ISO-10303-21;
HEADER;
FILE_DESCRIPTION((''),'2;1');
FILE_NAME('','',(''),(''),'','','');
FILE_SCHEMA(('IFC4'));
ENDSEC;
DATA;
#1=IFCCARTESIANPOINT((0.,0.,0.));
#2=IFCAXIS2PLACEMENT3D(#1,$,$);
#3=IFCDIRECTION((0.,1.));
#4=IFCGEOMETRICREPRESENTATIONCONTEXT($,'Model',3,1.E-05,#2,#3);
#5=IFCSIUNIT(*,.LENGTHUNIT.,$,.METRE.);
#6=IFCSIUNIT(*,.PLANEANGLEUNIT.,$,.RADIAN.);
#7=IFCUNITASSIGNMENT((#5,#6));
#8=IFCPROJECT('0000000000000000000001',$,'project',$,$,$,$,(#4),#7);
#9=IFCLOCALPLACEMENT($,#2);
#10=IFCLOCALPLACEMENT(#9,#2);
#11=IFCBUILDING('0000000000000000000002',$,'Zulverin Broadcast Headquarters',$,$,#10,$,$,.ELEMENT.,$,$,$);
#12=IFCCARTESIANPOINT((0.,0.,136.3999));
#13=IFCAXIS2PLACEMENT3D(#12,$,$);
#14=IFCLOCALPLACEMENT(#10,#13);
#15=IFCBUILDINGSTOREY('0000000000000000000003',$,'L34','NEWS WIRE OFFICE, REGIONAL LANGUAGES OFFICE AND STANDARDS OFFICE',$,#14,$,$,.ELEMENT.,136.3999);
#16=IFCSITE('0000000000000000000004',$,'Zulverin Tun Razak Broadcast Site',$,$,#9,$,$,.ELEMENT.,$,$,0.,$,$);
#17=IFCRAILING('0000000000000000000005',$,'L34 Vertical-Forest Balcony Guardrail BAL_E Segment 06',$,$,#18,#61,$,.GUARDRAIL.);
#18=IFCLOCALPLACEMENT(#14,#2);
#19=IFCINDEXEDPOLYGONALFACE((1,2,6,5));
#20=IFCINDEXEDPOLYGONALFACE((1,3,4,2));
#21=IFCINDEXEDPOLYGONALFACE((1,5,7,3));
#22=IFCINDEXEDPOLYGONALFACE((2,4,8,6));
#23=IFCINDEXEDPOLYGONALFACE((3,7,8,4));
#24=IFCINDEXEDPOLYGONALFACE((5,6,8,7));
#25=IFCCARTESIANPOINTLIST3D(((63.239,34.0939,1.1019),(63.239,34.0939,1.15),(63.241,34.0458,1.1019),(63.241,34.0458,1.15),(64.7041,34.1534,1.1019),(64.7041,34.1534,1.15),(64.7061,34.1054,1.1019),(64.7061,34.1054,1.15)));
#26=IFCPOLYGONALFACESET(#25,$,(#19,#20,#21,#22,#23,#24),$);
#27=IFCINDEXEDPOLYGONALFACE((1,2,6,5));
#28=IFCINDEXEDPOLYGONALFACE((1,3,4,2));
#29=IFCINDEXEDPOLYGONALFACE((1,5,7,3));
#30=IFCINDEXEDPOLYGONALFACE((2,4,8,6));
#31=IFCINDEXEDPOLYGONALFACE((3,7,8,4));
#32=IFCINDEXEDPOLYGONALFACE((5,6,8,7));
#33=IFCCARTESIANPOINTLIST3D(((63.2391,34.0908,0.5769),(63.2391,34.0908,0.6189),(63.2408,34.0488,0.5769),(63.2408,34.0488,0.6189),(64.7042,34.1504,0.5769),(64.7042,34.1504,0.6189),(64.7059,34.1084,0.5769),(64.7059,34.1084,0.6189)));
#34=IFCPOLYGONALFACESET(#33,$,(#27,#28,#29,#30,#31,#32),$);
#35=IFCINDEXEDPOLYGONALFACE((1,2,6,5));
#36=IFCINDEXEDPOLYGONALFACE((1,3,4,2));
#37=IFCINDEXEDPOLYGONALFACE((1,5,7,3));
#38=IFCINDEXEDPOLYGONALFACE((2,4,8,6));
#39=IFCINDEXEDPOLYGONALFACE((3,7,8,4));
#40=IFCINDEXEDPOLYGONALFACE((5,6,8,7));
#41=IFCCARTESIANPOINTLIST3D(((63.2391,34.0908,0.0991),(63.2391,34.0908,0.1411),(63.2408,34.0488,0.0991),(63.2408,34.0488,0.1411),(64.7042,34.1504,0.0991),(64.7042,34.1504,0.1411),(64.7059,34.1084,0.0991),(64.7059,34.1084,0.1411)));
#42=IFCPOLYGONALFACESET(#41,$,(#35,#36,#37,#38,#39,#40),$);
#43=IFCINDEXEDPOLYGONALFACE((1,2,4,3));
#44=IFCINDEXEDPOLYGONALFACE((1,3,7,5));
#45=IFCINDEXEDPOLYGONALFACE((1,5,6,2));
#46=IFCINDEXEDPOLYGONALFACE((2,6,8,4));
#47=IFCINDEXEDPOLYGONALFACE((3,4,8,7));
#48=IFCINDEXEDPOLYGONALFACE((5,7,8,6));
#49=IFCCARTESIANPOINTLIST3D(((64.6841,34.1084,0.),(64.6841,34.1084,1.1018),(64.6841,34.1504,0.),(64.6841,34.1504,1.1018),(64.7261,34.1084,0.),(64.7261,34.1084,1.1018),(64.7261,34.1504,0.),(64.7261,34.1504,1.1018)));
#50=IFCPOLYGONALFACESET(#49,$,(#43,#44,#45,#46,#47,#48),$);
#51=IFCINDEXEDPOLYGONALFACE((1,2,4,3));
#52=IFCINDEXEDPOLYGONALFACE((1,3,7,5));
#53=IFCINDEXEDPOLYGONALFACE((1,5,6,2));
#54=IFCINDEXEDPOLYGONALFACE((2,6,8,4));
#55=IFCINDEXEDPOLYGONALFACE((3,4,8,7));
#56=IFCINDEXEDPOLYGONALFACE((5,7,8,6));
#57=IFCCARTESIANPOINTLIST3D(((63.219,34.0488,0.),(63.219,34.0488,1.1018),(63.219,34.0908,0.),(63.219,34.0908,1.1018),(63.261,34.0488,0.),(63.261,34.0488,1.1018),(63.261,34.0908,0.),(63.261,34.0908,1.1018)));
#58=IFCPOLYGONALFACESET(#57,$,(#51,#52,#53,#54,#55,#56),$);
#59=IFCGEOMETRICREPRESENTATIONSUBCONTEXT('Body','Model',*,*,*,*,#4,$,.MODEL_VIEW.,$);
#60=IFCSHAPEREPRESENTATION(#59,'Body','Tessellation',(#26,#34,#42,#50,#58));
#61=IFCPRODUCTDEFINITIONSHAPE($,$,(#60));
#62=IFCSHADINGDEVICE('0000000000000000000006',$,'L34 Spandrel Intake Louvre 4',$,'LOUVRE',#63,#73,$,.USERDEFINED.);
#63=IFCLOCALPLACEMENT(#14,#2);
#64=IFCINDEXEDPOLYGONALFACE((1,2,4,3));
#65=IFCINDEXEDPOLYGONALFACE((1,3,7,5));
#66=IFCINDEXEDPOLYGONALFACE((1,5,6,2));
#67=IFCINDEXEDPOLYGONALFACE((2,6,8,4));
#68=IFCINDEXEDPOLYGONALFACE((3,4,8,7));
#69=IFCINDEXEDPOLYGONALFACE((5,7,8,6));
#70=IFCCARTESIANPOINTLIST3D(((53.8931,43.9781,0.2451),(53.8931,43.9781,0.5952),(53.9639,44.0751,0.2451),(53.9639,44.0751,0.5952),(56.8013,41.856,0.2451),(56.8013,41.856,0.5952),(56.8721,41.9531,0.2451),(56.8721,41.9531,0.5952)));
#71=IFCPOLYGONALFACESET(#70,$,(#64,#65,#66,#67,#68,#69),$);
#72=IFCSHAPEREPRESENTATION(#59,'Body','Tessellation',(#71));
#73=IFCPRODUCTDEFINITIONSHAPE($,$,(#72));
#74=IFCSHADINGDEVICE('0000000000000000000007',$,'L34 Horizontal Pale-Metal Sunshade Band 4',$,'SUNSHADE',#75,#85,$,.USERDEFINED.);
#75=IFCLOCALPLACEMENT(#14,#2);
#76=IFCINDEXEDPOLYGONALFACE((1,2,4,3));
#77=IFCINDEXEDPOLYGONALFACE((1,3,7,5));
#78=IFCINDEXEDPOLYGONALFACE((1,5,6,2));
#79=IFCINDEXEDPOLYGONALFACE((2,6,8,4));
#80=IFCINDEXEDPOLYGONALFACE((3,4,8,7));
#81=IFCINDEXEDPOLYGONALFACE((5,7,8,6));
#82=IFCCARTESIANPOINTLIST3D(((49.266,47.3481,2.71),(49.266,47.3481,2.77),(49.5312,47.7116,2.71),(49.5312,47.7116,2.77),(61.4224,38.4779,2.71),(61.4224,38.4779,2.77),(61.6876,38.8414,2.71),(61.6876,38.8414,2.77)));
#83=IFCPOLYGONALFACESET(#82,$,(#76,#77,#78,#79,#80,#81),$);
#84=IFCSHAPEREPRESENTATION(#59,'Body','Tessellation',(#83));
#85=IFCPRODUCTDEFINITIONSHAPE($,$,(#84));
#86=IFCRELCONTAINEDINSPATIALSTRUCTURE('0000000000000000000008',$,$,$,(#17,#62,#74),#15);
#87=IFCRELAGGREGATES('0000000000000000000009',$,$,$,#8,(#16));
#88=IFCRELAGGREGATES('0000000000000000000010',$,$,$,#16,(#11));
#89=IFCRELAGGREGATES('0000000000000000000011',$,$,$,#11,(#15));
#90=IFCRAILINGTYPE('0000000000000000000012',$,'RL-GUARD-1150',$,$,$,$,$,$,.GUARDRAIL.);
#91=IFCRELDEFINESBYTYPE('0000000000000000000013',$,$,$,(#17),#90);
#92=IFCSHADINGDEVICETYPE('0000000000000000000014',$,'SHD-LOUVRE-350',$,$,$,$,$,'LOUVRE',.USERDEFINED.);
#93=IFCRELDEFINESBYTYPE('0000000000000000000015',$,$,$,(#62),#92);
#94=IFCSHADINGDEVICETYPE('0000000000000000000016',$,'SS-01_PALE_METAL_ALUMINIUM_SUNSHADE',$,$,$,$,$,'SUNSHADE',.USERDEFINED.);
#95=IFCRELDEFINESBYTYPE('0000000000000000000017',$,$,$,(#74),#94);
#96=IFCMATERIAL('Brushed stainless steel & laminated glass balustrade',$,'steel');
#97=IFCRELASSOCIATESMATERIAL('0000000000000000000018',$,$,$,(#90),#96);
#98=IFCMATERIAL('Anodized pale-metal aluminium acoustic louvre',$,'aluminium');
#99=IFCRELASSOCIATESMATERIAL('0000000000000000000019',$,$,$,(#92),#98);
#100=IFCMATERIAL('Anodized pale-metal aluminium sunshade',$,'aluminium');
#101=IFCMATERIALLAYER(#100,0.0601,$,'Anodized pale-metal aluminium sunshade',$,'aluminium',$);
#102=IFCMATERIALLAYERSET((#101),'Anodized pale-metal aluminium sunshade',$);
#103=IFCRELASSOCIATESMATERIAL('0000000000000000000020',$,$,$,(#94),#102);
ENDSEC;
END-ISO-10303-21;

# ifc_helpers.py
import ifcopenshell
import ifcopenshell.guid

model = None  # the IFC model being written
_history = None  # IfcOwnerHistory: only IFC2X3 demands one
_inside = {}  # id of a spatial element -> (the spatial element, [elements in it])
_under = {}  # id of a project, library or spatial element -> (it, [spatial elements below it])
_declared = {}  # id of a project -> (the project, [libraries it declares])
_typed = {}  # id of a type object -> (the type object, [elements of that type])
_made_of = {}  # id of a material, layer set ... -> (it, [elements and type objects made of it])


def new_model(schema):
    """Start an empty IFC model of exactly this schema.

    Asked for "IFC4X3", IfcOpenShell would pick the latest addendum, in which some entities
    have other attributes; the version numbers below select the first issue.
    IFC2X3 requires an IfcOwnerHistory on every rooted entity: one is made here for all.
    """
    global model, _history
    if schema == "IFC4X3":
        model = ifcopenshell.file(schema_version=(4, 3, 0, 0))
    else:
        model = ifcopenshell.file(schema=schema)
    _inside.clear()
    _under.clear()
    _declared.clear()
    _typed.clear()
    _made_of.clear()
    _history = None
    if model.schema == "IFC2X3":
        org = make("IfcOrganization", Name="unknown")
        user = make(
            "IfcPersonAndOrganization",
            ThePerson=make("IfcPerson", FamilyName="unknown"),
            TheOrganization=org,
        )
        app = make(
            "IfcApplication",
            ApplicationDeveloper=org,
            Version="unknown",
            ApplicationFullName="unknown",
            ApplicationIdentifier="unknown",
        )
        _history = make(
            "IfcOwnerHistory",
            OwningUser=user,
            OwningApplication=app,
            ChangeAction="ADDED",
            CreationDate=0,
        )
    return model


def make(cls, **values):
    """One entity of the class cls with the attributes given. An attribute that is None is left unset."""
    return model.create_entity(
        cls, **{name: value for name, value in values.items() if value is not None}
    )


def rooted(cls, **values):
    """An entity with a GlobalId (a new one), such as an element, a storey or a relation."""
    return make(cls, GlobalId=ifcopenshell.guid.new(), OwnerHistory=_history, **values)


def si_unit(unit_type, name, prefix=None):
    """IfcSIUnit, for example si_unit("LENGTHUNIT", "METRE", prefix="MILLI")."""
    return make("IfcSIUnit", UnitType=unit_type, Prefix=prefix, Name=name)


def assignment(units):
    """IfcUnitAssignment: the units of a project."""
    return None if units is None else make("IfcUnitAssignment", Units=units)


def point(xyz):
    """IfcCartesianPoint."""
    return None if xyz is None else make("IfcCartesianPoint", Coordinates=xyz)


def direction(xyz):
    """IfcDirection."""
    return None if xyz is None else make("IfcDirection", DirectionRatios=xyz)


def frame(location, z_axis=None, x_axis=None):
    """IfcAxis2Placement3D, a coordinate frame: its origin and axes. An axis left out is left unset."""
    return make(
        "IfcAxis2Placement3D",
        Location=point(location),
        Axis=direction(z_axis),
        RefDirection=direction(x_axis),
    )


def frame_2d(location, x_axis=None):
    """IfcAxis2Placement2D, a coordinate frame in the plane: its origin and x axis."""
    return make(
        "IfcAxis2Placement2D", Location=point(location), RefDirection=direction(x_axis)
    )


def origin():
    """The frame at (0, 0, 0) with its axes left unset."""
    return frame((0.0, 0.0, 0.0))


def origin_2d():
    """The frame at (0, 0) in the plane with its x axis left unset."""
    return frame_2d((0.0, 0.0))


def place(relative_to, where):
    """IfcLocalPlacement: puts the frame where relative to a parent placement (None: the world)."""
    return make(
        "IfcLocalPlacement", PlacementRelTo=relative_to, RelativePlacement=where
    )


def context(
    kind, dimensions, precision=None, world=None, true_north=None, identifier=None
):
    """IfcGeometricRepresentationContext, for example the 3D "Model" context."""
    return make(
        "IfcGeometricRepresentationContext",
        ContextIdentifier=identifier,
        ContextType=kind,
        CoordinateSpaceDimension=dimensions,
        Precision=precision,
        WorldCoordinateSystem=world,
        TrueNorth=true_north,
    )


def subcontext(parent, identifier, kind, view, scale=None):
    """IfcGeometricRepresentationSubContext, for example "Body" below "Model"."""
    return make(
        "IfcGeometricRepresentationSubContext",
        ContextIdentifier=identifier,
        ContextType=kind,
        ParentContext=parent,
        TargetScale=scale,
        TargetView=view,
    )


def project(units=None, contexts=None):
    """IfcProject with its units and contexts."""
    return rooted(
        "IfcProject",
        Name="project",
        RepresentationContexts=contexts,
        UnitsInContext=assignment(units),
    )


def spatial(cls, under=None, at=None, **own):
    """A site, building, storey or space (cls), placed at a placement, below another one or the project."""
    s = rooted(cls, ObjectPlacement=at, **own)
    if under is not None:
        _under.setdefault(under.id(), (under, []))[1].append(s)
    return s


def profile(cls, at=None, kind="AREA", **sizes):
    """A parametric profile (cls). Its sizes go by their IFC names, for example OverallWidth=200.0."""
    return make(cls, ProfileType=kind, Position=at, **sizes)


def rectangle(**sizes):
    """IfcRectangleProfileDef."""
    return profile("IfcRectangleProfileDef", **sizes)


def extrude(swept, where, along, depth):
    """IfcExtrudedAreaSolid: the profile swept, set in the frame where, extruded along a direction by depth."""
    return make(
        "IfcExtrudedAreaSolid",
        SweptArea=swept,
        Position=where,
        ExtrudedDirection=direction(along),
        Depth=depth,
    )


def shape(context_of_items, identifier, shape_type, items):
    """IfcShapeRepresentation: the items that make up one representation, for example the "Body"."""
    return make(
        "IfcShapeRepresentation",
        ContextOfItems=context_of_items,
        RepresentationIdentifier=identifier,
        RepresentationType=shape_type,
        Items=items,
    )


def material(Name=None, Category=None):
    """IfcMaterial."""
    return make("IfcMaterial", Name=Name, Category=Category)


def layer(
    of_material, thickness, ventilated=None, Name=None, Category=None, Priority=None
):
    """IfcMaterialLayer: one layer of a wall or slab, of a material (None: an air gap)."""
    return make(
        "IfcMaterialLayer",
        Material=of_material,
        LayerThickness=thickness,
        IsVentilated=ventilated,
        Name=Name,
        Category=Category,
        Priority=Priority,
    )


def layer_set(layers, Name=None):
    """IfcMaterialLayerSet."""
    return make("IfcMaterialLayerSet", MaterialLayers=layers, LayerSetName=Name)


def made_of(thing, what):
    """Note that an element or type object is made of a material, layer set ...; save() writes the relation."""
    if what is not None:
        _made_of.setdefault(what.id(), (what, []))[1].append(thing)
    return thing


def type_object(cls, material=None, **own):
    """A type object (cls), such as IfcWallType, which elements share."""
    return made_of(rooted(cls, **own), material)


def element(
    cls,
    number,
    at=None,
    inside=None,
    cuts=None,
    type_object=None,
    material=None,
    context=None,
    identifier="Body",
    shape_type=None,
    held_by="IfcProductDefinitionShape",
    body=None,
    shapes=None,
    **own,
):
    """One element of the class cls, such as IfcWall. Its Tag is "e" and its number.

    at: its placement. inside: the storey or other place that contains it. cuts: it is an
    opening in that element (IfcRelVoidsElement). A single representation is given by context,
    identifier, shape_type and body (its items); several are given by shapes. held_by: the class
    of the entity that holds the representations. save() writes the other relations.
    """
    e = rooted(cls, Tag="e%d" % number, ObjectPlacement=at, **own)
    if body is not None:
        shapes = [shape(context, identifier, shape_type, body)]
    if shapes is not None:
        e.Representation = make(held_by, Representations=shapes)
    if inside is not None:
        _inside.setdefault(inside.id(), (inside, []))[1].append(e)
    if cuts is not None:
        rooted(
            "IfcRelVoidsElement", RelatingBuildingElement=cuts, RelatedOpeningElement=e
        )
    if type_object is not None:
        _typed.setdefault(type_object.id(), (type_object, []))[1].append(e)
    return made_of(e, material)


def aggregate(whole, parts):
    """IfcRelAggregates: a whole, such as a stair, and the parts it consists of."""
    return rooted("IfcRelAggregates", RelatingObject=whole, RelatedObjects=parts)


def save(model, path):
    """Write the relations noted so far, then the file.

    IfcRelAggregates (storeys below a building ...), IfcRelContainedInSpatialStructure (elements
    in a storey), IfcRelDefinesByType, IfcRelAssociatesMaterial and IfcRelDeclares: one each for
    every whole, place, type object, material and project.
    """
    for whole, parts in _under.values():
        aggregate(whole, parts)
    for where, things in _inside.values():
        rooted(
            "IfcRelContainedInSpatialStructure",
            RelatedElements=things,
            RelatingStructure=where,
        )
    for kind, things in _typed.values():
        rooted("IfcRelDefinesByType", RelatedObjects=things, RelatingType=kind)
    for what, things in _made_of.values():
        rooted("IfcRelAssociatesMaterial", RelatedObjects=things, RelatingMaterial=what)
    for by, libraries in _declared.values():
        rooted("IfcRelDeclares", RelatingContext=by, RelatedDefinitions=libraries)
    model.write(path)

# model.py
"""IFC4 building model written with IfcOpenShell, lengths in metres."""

from ifc_helpers import new_model, si_unit, direction, frame, origin, origin_2d, place, context, subcontext, project, spatial, rectangle, extrude, material, layer, layer_set, type_object, element, save


model = new_model("IFC4")

# Units and contexts
model_context = context("Model", 3, precision=1e-05, world=origin(), true_north=direction((0.0, 1.0)))
body_context = subcontext(model_context, "Body", "Model", "MODEL_VIEW")
ifc_project = project(units=[si_unit("LENGTHUNIT", "METRE"), si_unit("PLANEANGLEUNIT", "RADIAN")], contexts=[model_context])

# Site, building, storey
site_placement = place(None, origin())
site = spatial("IfcSite", under=ifc_project, at=site_placement, Name="Zulverin Tun Razak Broadcast Site", CompositionType="ELEMENT", RefElevation=0.0)
building_placement = place(site_placement, origin())
building = spatial("IfcBuilding", under=site, at=building_placement, Name="Zulverin Broadcast Headquarters", CompositionType="ELEMENT")
storey_placement = place(building_placement, frame((0.0, 0.0, 136.3999)))
storey = spatial("IfcBuildingStorey", under=building, at=storey_placement, Name="L34", Description="NEWS WIRE OFFICE, REGIONAL LANGUAGES OFFICE AND STANDARDS OFFICE", CompositionType="ELEMENT", Elevation=136.3999)

# Railing
ifc_material_1 = material(Name="Brushed stainless steel & laminated glass balustrade", Category="steel")
railing_type = type_object("IfcRailingType", Name="RL-GUARD-1150", PredefinedType="GUARDRAIL", material=ifc_material_1)
railing_placement = place(storey_placement, frame((64.7051, 34.1294, 0.0)))
element("IfcRailing", 1, at=railing_placement, inside=storey, type_object=railing_type, Name="L34 Vertical-Forest Balcony Guardrail BAL_E Segment 06", PredefinedType="GUARDRAIL", context=body_context, shape_type="SweptSolid", body=[
    extrude(rectangle(XDim=0.0481, YDim=0.0481, at=origin_2d()), frame((0.0, 0.0, 1.126), z_axis=(-0.999174, -0.040626, 0.0), x_axis=(0.040626, -0.999174, 0.0)), (0.0, 0.0, 1.0), 1.4663),
    extrude(rectangle(XDim=0.042, YDim=0.042, at=origin_2d()), frame((0.0, 0.0, 0.5979), z_axis=(-0.999174, -0.040626, 0.0), x_axis=(0.040626, -0.999174, 0.0)), (0.0, 0.0, 1.0), 1.4663),
    extrude(rectangle(XDim=0.042, YDim=0.042, at=origin_2d()), frame((0.0, 0.0, 0.1201), z_axis=(-0.999174, -0.040626, 0.0), x_axis=(0.040626, -0.999174, 0.0)), (0.0, 0.0, 1.0), 1.4663),
    extrude(rectangle(XDim=0.042, YDim=0.042, at=origin_2d()), origin(), (0.0, 0.0, 1.0), 1.1018),
    extrude(rectangle(XDim=0.042, YDim=0.042, at=origin_2d()), frame((-1.4651, -0.0596, 0.0)), (0.0, 0.0, 1.0), 1.1018),
])

# Shading devices
ifc_material_2 = material(Name="Anodized pale-metal aluminium acoustic louvre", Category="aluminium")
shading_device_type_1 = type_object("IfcShadingDeviceType", Name="SHD-LOUVRE-350", ElementType="LOUVRE", PredefinedType="USERDEFINED", material=ifc_material_2)
shading_device_1_placement = place(storey_placement, frame((55.3826, 42.9656, 0.2451), z_axis=(0.0, 0.0, 1.0), x_axis=(-0.807814, 0.589437, 0.0)))
element("IfcShadingDevice", 2, at=shading_device_1_placement, inside=storey, type_object=shading_device_type_1, Name="L34 Spandrel Intake Louvre 4", ObjectType="LOUVRE", PredefinedType="USERDEFINED", context=body_context, shape_type="SweptSolid", body=[
    extrude(rectangle(XDim=3.6001, YDim=0.1201, at=origin_2d()), origin(), (0.0, 0.0, 1.0), 0.3501),
])
ifc_material_3 = material(Name="Anodized pale-metal aluminium sunshade", Category="aluminium")
ifc_layer_1 = layer(ifc_material_3, 0.0601, Name="Anodized pale-metal aluminium sunshade", Category="aluminium")
ifc_layer_set_1 = layer_set([ifc_layer_1], Name="Anodized pale-metal aluminium sunshade")
shading_device_type_2 = type_object("IfcShadingDeviceType", Name="SS-01_PALE_METAL_ALUMINIUM_SUNSHADE", ElementType="SUNSHADE", PredefinedType="USERDEFINED", material=ifc_layer_set_1)
shading_device_2_placement = place(storey_placement, frame((55.4768, 43.0947, 2.71), z_axis=(0.0, 0.0, 1.0), x_axis=(-0.807814, 0.589437, 0.0)))
element("IfcShadingDevice", 3, at=shading_device_2_placement, inside=storey, type_object=shading_device_type_2, Name="L34 Horizontal Pale-Metal Sunshade Band 4", ObjectType="SUNSHADE", PredefinedType="USERDEFINED", context=body_context, shape_type="SweptSolid", body=[
    extrude(rectangle(XDim=15.0486, YDim=0.45, at=origin_2d()), origin(), (0.0, 0.0, 1.0), 0.0601),
])

save(model, "model.ifc")
